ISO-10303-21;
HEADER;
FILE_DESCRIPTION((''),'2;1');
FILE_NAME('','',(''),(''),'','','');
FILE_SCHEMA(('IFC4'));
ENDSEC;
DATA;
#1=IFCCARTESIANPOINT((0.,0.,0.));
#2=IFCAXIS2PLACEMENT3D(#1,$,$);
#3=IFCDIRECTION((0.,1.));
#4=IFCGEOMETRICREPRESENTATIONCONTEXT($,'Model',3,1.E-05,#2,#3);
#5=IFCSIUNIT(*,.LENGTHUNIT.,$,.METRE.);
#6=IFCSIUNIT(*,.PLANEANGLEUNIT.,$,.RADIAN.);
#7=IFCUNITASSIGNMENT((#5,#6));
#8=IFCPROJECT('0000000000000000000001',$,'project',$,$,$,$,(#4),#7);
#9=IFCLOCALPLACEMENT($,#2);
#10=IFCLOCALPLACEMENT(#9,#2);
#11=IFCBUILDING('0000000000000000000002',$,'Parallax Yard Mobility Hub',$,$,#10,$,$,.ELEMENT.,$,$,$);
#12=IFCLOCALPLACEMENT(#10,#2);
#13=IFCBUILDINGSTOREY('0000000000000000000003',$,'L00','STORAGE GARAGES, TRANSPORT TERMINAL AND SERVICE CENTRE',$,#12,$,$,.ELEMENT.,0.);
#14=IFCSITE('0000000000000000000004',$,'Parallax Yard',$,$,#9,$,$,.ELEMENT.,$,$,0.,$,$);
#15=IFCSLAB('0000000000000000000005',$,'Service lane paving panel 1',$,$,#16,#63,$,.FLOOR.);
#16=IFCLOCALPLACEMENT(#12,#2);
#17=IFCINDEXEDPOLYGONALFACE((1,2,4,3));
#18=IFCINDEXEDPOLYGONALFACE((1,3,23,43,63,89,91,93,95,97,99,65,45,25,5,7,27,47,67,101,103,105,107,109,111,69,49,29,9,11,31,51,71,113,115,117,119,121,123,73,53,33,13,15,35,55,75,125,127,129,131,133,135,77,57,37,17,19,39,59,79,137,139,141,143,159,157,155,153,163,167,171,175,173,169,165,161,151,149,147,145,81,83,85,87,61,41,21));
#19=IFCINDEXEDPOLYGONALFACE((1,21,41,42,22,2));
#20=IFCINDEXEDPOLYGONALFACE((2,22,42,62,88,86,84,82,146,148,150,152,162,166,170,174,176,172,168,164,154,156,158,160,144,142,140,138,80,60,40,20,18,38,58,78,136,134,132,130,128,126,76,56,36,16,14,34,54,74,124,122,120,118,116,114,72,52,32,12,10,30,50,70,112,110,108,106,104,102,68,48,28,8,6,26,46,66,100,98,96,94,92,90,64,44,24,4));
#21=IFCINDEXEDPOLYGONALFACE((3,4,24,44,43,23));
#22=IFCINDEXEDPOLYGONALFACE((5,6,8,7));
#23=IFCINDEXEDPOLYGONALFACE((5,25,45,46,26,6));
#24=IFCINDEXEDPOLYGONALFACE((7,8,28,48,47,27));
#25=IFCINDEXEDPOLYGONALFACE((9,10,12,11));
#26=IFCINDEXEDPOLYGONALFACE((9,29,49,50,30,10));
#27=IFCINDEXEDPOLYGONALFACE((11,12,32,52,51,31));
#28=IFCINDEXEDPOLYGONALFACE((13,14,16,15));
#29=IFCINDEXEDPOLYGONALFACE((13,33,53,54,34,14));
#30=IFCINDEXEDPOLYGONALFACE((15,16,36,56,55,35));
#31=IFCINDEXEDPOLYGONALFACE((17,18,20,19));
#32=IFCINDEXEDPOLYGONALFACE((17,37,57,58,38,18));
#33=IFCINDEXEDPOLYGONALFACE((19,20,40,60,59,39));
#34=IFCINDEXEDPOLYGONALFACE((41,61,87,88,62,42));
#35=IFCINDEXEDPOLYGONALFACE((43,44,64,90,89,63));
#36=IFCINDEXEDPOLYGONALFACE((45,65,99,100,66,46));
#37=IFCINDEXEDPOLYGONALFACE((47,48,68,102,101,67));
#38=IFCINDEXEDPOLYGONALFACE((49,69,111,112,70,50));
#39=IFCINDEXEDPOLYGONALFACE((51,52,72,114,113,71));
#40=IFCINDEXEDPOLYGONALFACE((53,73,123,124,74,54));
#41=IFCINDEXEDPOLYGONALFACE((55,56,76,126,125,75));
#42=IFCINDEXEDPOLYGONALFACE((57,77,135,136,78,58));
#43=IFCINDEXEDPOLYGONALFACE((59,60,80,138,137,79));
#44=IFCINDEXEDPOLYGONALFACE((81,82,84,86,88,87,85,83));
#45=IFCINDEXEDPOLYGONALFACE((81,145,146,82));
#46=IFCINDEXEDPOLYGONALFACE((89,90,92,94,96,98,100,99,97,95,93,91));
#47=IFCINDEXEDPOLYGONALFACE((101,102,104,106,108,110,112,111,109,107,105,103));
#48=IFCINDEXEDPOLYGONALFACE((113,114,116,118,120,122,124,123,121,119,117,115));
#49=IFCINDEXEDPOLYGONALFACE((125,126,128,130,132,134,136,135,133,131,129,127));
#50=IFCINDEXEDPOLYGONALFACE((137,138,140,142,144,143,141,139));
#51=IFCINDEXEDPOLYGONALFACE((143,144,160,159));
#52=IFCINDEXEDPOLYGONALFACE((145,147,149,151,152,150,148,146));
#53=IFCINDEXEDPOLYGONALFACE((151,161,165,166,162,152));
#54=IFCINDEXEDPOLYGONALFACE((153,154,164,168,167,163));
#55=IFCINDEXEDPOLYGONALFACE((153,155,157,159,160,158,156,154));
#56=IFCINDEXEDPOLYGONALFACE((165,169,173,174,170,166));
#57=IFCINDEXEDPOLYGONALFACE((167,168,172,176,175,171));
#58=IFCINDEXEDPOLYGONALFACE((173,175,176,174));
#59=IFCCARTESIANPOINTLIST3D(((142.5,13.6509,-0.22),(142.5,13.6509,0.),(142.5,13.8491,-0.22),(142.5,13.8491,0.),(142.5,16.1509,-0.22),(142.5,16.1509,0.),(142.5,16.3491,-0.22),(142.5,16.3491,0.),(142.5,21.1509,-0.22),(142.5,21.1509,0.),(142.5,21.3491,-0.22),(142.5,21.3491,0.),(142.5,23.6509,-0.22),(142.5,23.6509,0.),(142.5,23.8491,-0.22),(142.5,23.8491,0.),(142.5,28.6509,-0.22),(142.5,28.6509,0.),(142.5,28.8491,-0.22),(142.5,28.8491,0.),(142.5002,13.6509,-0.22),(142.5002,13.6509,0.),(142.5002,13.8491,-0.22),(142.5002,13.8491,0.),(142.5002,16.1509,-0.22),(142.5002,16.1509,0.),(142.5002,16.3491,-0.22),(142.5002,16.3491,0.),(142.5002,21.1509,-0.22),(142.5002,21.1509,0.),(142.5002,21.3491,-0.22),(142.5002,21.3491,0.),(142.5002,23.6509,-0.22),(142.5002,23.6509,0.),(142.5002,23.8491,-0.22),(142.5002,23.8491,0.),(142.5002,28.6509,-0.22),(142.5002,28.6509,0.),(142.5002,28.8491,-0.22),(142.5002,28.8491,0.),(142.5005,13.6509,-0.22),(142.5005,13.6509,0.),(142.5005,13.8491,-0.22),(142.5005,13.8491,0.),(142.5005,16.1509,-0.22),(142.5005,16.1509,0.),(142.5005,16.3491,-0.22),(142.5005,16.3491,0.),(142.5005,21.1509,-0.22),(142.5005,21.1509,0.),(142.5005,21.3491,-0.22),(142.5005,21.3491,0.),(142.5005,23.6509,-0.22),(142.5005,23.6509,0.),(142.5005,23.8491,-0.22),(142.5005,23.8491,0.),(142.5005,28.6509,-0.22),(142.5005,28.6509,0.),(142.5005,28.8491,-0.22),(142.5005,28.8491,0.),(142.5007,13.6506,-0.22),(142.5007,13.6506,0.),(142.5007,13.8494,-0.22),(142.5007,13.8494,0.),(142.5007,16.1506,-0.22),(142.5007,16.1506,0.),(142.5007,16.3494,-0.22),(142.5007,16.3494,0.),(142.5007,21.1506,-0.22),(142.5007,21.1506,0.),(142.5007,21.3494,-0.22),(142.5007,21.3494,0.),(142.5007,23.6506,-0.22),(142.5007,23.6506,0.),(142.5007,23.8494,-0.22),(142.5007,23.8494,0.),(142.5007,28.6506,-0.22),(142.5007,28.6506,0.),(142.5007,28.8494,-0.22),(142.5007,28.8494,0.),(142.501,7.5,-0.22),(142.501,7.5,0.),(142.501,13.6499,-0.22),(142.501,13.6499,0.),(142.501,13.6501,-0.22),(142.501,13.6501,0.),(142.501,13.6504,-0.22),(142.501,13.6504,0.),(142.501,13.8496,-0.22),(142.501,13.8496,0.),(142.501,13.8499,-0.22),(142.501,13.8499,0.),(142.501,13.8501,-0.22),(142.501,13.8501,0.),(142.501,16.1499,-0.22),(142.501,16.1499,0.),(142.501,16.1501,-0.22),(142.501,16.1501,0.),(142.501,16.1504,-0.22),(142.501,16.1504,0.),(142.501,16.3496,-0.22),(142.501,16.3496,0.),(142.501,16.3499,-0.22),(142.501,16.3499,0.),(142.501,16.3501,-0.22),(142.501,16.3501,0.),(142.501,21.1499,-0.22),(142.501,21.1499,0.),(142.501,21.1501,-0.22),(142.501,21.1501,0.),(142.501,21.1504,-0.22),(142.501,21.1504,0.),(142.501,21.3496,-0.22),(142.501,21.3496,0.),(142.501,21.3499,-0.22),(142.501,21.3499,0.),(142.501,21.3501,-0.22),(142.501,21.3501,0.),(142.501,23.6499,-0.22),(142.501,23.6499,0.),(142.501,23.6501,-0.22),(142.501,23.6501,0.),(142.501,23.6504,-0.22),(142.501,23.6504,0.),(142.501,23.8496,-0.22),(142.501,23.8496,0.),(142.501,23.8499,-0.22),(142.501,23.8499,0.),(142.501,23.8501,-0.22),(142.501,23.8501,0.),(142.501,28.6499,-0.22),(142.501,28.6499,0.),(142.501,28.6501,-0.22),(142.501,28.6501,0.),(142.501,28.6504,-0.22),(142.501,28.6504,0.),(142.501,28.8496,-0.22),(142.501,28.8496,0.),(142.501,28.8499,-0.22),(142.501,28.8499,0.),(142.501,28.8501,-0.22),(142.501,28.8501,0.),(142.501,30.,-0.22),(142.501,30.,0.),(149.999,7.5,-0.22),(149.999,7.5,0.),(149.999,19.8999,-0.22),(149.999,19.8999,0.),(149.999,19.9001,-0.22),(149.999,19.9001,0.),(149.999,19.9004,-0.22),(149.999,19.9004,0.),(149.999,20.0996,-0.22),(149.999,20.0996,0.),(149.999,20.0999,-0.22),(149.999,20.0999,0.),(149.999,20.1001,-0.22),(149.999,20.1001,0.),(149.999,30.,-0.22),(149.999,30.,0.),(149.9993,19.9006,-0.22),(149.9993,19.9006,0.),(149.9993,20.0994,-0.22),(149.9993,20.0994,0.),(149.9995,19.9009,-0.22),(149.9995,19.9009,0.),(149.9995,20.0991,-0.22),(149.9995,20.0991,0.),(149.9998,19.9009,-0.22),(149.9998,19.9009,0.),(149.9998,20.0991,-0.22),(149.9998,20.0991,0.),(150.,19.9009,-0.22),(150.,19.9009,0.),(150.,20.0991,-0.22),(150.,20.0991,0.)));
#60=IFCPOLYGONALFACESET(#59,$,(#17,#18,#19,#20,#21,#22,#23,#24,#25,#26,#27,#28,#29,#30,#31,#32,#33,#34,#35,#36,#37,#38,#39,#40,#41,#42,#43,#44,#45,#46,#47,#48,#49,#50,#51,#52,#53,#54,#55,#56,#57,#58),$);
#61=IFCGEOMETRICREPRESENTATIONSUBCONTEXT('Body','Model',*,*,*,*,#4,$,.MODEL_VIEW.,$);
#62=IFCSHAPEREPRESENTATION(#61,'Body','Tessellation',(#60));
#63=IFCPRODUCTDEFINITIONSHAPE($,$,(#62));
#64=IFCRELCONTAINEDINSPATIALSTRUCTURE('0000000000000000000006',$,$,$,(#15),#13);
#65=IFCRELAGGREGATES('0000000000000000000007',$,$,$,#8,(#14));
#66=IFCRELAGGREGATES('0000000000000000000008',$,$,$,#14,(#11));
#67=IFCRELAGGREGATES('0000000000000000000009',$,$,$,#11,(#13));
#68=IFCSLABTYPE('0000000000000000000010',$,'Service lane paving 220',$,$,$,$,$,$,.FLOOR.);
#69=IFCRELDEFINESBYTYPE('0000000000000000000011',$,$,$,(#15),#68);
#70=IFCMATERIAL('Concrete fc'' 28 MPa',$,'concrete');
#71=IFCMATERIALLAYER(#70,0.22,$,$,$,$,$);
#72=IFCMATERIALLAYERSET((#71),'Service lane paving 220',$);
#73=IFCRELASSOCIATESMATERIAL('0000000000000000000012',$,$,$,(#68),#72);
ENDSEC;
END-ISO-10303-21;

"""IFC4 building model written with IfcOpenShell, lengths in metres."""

from ifc_helpers import new_model, si_unit, direction, frame, origin, place, context, subcontext, project, spatial, polyline, outline, extrude, material, layer, layer_set, type_object, element, save


model = new_model("IFC4")

# Units and contexts
model_context = context("Model", 3, precision=1e-05, world=origin(), true_north=direction((0.0, 1.0)))
body_context = subcontext(model_context, "Body", "Model", "MODEL_VIEW")
ifc_project = project(units=[si_unit("LENGTHUNIT", "METRE"), si_unit("PLANEANGLEUNIT", "RADIAN")], contexts=[model_context])

# Site, building, storey
site_placement = place(None, origin())
site = spatial("IfcSite", under=ifc_project, at=site_placement, Name="Parallax Yard", CompositionType="ELEMENT", RefElevation=0.0)
building_placement = place(site_placement, origin())
building = spatial("IfcBuilding", under=site, at=building_placement, Name="Parallax Yard Mobility Hub", CompositionType="ELEMENT")
storey_placement = place(building_placement, origin())
storey = spatial("IfcBuildingStorey", under=building, at=storey_placement, Name="L00", Description="STORAGE GARAGES, TRANSPORT TERMINAL AND SERVICE CENTRE", CompositionType="ELEMENT", Elevation=0.0)

# Slab
ifc_material_1 = material(Name="Concrete fc' 28 MPa", Category="concrete")
ifc_layer_1 = layer(ifc_material_1, 0.22)
ifc_layer_set_1 = layer_set([ifc_layer_1], Name="Service lane paving 220")
slab_type_1 = type_object("IfcSlabType", Name="Service lane paving 220", PredefinedType="FLOOR", material=ifc_layer_set_1)
slab_1_placement = place(storey_placement, frame((0.0, 0.0, -0.22)))
element("IfcSlab", 1, at=slab_1_placement, inside=storey, type_object=slab_type_1, Name="Service lane paving panel 1", PredefinedType="FLOOR", context=body_context, shape_type="SweptSolid", body=[
    extrude(outline(polyline([(149.999, 20.1001), (149.999, 20.0999), (149.999, 20.0999), (149.999, 20.0996), (149.999, 20.0996), (149.999, 20.0996), (149.9993, 20.0994), (149.9993, 20.0994), (149.9993, 20.0994), (149.9995, 20.0991), (149.9995, 20.0991), (149.9995, 20.0991), (149.9995, 20.0991), (149.9998, 20.0991), (149.9998, 20.0991), (150.0, 20.0991), (150.0, 20.0991), (150.0, 19.9009), (150.0, 19.9009), (149.9998, 19.9009), (149.9998, 19.9009), (149.9995, 19.9009), (149.9995, 19.9009), (149.9995, 19.9009), (149.9995, 19.9009), (149.9993, 19.9006), (149.9993, 19.9006), (149.9993, 19.9006), (149.999, 19.9004), (149.999, 19.9004), (149.999, 19.9004), (149.999, 19.9001), (149.999, 19.9001), (149.999, 19.8999), (149.999, 7.5), (142.501, 7.5), (142.501, 13.6499), (142.501, 13.6501), (142.501, 13.6501), (142.501, 13.6504), (142.501, 13.6504), (142.501, 13.6504), (142.5007, 13.6506), (142.5007, 13.6506), (142.5007, 13.6506), (142.5005, 13.6509), (142.5005, 13.6509), (142.5005, 13.6509), (142.5005, 13.6509), (142.5002, 13.6509), (142.5002, 13.6509), (142.5, 13.6509), (142.5, 13.6509), (142.5, 13.8491), (142.5, 13.8491), (142.5002, 13.8491), (142.5002, 13.8491), (142.5005, 13.8491), (142.5005, 13.8491), (142.5005, 13.8491), (142.5005, 13.8491), (142.5007, 13.8494), (142.5007, 13.8494), (142.5007, 13.8494), (142.501, 13.8496), (142.501, 13.8496), (142.501, 13.8496), (142.501, 13.8499), (142.501, 13.8499), (142.501, 13.8501), (142.501, 16.1499), (142.501, 16.1501), (142.501, 16.1501), (142.501, 16.1504), (142.501, 16.1504), (142.501, 16.1504), (142.5007, 16.1506), (142.5007, 16.1506), (142.5007, 16.1506), (142.5005, 16.1509), (142.5005, 16.1509), (142.5005, 16.1509), (142.5005, 16.1509), (142.5002, 16.1509), (142.5002, 16.1509), (142.5, 16.1509), (142.5, 16.1509), (142.5, 16.3491), (142.5, 16.3491), (142.5002, 16.3491), (142.5002, 16.3491), (142.5005, 16.3491), (142.5005, 16.3491), (142.5005, 16.3491), (142.5005, 16.3491), (142.5007, 16.3494), (142.5007, 16.3494), (142.5007, 16.3494), (142.501, 16.3496), (142.501, 16.3496), (142.501, 16.3496), (142.501, 16.3499), (142.501, 16.3499), (142.501, 16.3501), (142.501, 21.1499), (142.501, 21.1501), (142.501, 21.1501), (142.501, 21.1504), (142.501, 21.1504), (142.501, 21.1504), (142.5007, 21.1506), (142.5007, 21.1506), (142.5007, 21.1506), (142.5005, 21.1509), (142.5005, 21.1509), (142.5005, 21.1509), (142.5005, 21.1509), (142.5002, 21.1509), (142.5002, 21.1509), (142.5, 21.1509), (142.5, 21.1509), (142.5, 21.3491), (142.5, 21.3491), (142.5002, 21.3491), (142.5002, 21.3491), (142.5005, 21.3491), (142.5005, 21.3491), (142.5005, 21.3491), (142.5005, 21.3491), (142.5007, 21.3494), (142.5007, 21.3494), (142.5007, 21.3494), (142.501, 21.3496), (142.501, 21.3496), (142.501, 21.3496), (142.501, 21.3499), (142.501, 21.3499), (142.501, 21.3501), (142.501, 23.6499), (142.501, 23.6501), (142.501, 23.6501), (142.501, 23.6504), (142.501, 23.6504), (142.501, 23.6504), (142.5007, 23.6506), (142.5007, 23.6506), (142.5007, 23.6506), (142.5005, 23.6509), (142.5005, 23.6509), (142.5005, 23.6509), (142.5005, 23.6509), (142.5002, 23.6509), (142.5002, 23.6509), (142.5, 23.6509), (142.5, 23.6509), (142.5, 23.8491), (142.5, 23.8491), (142.5002, 23.8491), (142.5002, 23.8491), (142.5005, 23.8491), (142.5005, 23.8491), (142.5005, 23.8491), (142.5005, 23.8491), (142.5007, 23.8494), (142.5007, 23.8494), (142.5007, 23.8494), (142.501, 23.8496), (142.501, 23.8496), (142.501, 23.8496), (142.501, 23.8499), (142.501, 23.8499), (142.501, 23.8501), (142.501, 28.6499), (142.501, 28.6501), (142.501, 28.6501), (142.501, 28.6504), (142.501, 28.6504), (142.501, 28.6504), (142.5007, 28.6506), (142.5007, 28.6506), (142.5007, 28.6506), (142.5005, 28.6509), (142.5005, 28.6509), (142.5005, 28.6509), (142.5005, 28.6509), (142.5002, 28.6509), (142.5002, 28.6509), (142.5, 28.6509), (142.5, 28.6509), (142.5, 28.8491), (142.5, 28.8491), (142.5002, 28.8491), (142.5002, 28.8491), (142.5005, 28.8491), (142.5005, 28.8491), (142.5005, 28.8491), (142.5005, 28.8491), (142.5007, 28.8494), (142.5007, 28.8494), (142.5007, 28.8494), (142.501, 28.8496), (142.501, 28.8496), (142.501, 28.8496), (142.501, 28.8499), (142.501, 28.8499), (142.501, 28.8501), (142.501, 30.0), (149.999, 30.0), (149.999, 20.1001)])), origin(), (0.0, 0.0, 1.0), 0.22),
])

save(model, "model.ifc")
